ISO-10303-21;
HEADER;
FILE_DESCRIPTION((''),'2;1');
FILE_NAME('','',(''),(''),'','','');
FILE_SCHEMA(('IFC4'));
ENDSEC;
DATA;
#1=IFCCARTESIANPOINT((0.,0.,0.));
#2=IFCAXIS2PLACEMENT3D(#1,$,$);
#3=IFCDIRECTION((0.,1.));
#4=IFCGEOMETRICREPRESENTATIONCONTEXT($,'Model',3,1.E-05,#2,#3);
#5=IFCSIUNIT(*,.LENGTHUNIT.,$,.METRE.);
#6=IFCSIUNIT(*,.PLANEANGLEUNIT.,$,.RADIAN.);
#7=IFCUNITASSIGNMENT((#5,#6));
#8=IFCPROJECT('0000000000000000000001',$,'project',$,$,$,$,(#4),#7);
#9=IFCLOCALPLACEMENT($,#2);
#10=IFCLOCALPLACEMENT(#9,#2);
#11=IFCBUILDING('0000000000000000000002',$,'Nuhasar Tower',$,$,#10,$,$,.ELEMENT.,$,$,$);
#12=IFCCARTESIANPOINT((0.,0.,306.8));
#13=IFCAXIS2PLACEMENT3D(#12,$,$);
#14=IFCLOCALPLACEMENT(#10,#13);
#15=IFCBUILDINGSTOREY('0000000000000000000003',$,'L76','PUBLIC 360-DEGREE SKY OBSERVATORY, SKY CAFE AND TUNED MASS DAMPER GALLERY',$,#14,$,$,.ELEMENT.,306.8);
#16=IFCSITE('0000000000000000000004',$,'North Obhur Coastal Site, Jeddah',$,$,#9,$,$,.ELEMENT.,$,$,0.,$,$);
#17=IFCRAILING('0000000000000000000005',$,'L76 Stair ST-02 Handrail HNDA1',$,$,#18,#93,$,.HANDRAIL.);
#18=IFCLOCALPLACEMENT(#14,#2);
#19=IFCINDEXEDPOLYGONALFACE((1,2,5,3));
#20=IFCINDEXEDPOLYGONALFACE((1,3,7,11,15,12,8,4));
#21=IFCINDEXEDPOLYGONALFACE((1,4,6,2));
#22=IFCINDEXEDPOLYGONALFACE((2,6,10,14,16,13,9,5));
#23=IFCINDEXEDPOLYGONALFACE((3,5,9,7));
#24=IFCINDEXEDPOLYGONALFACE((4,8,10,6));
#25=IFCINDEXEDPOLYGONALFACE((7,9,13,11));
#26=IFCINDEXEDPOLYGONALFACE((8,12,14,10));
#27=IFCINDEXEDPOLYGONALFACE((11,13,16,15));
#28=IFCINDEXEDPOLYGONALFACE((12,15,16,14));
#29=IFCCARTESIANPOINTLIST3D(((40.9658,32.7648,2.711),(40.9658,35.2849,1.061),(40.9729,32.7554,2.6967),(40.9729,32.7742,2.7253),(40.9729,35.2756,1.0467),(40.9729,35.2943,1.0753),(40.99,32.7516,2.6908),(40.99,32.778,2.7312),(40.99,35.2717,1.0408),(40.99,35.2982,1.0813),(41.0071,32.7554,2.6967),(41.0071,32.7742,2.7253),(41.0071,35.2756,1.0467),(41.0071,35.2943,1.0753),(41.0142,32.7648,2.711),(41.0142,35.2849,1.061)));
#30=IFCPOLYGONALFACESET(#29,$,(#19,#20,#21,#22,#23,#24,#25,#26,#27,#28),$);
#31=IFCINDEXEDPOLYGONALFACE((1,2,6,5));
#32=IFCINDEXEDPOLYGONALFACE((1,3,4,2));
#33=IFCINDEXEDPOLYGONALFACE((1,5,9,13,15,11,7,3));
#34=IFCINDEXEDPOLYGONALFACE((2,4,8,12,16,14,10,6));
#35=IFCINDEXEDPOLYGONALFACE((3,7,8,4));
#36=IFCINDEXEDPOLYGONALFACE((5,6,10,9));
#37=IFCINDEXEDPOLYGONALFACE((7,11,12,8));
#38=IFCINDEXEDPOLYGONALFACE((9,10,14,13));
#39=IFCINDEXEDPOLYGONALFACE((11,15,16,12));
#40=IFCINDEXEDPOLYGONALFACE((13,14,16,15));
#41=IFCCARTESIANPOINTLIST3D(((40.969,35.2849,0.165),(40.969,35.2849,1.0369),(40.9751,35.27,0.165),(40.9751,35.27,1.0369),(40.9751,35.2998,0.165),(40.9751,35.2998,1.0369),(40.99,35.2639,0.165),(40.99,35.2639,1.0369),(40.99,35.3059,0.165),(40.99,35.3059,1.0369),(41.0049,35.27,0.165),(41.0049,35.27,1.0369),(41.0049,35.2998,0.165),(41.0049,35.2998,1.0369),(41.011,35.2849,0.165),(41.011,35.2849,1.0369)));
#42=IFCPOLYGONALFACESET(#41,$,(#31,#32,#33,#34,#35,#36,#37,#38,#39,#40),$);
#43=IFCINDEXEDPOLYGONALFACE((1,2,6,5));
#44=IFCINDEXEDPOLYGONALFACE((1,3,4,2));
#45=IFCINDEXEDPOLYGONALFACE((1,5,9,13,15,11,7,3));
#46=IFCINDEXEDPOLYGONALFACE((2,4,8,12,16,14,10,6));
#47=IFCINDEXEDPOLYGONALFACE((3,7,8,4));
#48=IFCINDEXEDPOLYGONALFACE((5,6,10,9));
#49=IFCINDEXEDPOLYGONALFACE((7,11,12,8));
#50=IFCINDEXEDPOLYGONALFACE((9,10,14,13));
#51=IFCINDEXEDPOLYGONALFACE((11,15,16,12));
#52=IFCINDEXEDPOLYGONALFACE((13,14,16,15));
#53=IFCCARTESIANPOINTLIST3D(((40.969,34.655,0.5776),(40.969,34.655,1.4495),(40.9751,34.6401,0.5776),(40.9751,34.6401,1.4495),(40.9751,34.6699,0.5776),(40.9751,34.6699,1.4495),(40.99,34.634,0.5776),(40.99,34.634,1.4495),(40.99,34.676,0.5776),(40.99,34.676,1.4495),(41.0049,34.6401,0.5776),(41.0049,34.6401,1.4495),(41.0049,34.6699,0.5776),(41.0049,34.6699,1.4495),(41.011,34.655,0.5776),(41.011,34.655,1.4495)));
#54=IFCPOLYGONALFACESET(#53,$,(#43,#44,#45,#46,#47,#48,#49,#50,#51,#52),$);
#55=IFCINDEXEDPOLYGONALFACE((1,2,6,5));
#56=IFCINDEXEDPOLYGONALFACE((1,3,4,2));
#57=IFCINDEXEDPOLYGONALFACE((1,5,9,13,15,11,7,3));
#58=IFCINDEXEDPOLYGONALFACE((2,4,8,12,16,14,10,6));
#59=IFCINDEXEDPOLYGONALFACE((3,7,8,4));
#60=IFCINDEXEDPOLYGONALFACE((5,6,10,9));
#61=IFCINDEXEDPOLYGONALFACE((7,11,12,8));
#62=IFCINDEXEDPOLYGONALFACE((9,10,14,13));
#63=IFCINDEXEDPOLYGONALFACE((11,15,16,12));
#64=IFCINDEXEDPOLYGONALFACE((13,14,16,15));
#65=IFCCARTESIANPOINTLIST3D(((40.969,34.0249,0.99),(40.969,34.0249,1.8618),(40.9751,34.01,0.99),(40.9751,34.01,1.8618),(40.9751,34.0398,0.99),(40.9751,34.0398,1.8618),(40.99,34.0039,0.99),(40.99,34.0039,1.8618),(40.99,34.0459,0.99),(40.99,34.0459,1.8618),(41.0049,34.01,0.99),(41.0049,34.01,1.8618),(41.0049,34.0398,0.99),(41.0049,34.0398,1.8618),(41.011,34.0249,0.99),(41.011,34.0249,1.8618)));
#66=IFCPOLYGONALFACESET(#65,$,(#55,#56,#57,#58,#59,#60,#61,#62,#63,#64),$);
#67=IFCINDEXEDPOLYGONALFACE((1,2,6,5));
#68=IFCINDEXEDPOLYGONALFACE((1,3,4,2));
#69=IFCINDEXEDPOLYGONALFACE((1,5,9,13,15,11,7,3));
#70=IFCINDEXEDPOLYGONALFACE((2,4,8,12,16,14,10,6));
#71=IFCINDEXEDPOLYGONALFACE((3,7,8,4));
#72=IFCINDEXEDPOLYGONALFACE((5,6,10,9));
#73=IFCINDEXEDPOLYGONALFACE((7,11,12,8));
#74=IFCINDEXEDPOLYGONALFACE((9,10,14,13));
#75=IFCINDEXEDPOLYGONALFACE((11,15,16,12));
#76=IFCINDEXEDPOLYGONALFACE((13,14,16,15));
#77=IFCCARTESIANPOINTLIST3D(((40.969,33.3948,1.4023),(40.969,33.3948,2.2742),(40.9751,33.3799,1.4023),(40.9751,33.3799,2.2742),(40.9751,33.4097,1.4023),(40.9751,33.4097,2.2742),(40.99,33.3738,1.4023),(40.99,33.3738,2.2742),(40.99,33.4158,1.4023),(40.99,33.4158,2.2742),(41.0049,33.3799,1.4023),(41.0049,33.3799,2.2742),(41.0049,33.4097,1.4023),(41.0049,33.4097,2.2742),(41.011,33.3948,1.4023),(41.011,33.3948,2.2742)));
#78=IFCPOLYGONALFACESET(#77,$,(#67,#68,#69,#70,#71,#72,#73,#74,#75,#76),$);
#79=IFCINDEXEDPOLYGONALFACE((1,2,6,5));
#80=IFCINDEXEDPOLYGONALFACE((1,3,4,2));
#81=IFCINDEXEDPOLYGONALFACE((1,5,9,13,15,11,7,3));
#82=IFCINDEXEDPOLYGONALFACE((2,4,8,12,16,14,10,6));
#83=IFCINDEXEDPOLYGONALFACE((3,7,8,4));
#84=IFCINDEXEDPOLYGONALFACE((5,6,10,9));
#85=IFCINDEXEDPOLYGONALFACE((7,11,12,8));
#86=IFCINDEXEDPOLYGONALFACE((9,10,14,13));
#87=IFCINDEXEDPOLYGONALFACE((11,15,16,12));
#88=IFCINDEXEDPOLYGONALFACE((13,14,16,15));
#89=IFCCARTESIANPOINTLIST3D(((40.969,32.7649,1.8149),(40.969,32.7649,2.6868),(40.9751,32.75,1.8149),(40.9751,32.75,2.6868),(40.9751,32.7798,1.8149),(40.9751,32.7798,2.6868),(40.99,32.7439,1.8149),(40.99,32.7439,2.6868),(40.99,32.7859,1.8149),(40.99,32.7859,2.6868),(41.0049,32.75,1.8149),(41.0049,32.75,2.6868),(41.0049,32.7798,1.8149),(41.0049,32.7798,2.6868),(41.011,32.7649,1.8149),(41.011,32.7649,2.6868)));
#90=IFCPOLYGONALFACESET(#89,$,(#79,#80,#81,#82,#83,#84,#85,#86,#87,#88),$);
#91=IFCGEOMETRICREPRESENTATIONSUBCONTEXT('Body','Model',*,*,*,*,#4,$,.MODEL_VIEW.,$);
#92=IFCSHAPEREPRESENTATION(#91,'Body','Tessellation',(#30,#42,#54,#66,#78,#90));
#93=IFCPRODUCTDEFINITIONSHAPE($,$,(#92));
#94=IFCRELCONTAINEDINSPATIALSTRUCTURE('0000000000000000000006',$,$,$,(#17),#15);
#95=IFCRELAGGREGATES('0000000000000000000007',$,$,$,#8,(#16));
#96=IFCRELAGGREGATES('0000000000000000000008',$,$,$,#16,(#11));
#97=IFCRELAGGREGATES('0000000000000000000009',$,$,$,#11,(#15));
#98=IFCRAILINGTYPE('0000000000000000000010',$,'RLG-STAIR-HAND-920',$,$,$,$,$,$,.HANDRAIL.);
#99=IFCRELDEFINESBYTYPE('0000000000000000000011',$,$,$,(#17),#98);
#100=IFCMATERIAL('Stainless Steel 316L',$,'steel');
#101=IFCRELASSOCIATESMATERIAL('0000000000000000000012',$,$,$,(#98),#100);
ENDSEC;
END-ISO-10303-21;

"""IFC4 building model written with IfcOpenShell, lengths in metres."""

from ifc_helpers import new_model, si_unit, direction, frame, origin, place, context, subcontext, project, spatial, polyline, outline, extrude, material, type_object, element, save


model = new_model("IFC4")

# Units and contexts
model_context = context("Model", 3, precision=1e-05, world=origin(), true_north=direction((0.0, 1.0)))
body_context = subcontext(model_context, "Body", "Model", "MODEL_VIEW")
ifc_project = project(units=[si_unit("LENGTHUNIT", "METRE"), si_unit("PLANEANGLEUNIT", "RADIAN")], contexts=[model_context])

# Site, building, storey
site_placement = place(None, origin())
site = spatial("IfcSite", under=ifc_project, at=site_placement, Name="North Obhur Coastal Site, Jeddah", CompositionType="ELEMENT", RefElevation=0.0)
building_placement = place(site_placement, origin())
building = spatial("IfcBuilding", under=site, at=building_placement, Name="Nuhasar Tower", CompositionType="ELEMENT")
storey_placement = place(building_placement, frame((0.0, 0.0, 306.8)))
storey = spatial("IfcBuildingStorey", under=building, at=storey_placement, Name="L76", Description="PUBLIC 360-DEGREE SKY OBSERVATORY, SKY CAFE AND TUNED MASS DAMPER GALLERY", CompositionType="ELEMENT", Elevation=306.8)

# Railing
ifc_material_1 = material(Name="Stainless Steel 316L", Category="steel")
railing_type_1 = type_object("IfcRailingType", Name="RLG-STAIR-HAND-920", PredefinedType="HANDRAIL", material=ifc_material_1)
railing_1_placement = place(storey_placement, frame((40.99, 35.2849, 0.165)))
element("IfcRailing", 1, at=railing_1_placement, inside=storey, type_object=railing_type_1, Name="L76 Stair ST-02 Handrail HNDA1", PredefinedType="HANDRAIL", context=body_context, shape_type="SweptSolid", body=[
    extrude(outline(polyline([(0.0242, 0.0), (0.0171, 0.0171), (0.0, 0.0242), (-0.0171, 0.0171), (-0.0242, 0.0), (-0.0171, -0.0171), (0.0, -0.0242), (0.0171, -0.0171), (0.0242, 0.0)])), frame((0.0, 0.0, 0.896), z_axis=(0.0, -0.836635, 0.54776), x_axis=(1.0, 0.0, 0.0)), (0.0, 0.0, 1.0), 3.0122),
    extrude(outline(polyline([(0.021, 0.0), (0.0149, 0.0149), (0.0, 0.021), (-0.0149, 0.0149), (-0.021, 0.0), (-0.0149, -0.0149), (0.0, -0.021), (0.0149, -0.0149), (0.021, 0.0)])), origin(), (0.0, 0.0, 1.0), 0.8718),
    extrude(outline(polyline([(0.021, 0.0), (0.0149, 0.0149), (0.0, 0.021), (-0.0149, 0.0149), (-0.021, 0.0), (-0.0149, -0.0149), (0.0, -0.021), (0.0149, -0.0149), (0.021, 0.0)])), frame((0.0, -0.6299, 0.4126)), (0.0, 0.0, 1.0), 0.8718),
    extrude(outline(polyline([(0.021, 0.0), (0.0149, 0.0149), (0.0, 0.021), (-0.0149, 0.0149), (-0.021, 0.0), (-0.0149, -0.0149), (0.0, -0.021), (0.0149, -0.0149), (0.021, 0.0)])), frame((0.0, -1.26, 0.825)), (0.0, 0.0, 1.0), 0.8718),
    extrude(outline(polyline([(0.021, 0.0), (0.0149, 0.0149), (0.0, 0.021), (-0.0149, 0.0149), (-0.021, 0.0), (-0.0149, -0.0149), (0.0, -0.021), (0.0149, -0.0149), (0.021, 0.0)])), frame((0.0, -1.8901, 1.2373)), (0.0, 0.0, 1.0), 0.8718),
    extrude(outline(polyline([(0.021, 0.0), (0.0149, 0.0149), (0.0, 0.021), (-0.0149, 0.0149), (-0.021, 0.0), (-0.0149, -0.0149), (0.0, -0.021), (0.0149, -0.0149), (0.021, 0.0)])), frame((0.0, -2.52, 1.6499)), (0.0, 0.0, 1.0), 0.8718),
])

save(model, "model.ifc")
